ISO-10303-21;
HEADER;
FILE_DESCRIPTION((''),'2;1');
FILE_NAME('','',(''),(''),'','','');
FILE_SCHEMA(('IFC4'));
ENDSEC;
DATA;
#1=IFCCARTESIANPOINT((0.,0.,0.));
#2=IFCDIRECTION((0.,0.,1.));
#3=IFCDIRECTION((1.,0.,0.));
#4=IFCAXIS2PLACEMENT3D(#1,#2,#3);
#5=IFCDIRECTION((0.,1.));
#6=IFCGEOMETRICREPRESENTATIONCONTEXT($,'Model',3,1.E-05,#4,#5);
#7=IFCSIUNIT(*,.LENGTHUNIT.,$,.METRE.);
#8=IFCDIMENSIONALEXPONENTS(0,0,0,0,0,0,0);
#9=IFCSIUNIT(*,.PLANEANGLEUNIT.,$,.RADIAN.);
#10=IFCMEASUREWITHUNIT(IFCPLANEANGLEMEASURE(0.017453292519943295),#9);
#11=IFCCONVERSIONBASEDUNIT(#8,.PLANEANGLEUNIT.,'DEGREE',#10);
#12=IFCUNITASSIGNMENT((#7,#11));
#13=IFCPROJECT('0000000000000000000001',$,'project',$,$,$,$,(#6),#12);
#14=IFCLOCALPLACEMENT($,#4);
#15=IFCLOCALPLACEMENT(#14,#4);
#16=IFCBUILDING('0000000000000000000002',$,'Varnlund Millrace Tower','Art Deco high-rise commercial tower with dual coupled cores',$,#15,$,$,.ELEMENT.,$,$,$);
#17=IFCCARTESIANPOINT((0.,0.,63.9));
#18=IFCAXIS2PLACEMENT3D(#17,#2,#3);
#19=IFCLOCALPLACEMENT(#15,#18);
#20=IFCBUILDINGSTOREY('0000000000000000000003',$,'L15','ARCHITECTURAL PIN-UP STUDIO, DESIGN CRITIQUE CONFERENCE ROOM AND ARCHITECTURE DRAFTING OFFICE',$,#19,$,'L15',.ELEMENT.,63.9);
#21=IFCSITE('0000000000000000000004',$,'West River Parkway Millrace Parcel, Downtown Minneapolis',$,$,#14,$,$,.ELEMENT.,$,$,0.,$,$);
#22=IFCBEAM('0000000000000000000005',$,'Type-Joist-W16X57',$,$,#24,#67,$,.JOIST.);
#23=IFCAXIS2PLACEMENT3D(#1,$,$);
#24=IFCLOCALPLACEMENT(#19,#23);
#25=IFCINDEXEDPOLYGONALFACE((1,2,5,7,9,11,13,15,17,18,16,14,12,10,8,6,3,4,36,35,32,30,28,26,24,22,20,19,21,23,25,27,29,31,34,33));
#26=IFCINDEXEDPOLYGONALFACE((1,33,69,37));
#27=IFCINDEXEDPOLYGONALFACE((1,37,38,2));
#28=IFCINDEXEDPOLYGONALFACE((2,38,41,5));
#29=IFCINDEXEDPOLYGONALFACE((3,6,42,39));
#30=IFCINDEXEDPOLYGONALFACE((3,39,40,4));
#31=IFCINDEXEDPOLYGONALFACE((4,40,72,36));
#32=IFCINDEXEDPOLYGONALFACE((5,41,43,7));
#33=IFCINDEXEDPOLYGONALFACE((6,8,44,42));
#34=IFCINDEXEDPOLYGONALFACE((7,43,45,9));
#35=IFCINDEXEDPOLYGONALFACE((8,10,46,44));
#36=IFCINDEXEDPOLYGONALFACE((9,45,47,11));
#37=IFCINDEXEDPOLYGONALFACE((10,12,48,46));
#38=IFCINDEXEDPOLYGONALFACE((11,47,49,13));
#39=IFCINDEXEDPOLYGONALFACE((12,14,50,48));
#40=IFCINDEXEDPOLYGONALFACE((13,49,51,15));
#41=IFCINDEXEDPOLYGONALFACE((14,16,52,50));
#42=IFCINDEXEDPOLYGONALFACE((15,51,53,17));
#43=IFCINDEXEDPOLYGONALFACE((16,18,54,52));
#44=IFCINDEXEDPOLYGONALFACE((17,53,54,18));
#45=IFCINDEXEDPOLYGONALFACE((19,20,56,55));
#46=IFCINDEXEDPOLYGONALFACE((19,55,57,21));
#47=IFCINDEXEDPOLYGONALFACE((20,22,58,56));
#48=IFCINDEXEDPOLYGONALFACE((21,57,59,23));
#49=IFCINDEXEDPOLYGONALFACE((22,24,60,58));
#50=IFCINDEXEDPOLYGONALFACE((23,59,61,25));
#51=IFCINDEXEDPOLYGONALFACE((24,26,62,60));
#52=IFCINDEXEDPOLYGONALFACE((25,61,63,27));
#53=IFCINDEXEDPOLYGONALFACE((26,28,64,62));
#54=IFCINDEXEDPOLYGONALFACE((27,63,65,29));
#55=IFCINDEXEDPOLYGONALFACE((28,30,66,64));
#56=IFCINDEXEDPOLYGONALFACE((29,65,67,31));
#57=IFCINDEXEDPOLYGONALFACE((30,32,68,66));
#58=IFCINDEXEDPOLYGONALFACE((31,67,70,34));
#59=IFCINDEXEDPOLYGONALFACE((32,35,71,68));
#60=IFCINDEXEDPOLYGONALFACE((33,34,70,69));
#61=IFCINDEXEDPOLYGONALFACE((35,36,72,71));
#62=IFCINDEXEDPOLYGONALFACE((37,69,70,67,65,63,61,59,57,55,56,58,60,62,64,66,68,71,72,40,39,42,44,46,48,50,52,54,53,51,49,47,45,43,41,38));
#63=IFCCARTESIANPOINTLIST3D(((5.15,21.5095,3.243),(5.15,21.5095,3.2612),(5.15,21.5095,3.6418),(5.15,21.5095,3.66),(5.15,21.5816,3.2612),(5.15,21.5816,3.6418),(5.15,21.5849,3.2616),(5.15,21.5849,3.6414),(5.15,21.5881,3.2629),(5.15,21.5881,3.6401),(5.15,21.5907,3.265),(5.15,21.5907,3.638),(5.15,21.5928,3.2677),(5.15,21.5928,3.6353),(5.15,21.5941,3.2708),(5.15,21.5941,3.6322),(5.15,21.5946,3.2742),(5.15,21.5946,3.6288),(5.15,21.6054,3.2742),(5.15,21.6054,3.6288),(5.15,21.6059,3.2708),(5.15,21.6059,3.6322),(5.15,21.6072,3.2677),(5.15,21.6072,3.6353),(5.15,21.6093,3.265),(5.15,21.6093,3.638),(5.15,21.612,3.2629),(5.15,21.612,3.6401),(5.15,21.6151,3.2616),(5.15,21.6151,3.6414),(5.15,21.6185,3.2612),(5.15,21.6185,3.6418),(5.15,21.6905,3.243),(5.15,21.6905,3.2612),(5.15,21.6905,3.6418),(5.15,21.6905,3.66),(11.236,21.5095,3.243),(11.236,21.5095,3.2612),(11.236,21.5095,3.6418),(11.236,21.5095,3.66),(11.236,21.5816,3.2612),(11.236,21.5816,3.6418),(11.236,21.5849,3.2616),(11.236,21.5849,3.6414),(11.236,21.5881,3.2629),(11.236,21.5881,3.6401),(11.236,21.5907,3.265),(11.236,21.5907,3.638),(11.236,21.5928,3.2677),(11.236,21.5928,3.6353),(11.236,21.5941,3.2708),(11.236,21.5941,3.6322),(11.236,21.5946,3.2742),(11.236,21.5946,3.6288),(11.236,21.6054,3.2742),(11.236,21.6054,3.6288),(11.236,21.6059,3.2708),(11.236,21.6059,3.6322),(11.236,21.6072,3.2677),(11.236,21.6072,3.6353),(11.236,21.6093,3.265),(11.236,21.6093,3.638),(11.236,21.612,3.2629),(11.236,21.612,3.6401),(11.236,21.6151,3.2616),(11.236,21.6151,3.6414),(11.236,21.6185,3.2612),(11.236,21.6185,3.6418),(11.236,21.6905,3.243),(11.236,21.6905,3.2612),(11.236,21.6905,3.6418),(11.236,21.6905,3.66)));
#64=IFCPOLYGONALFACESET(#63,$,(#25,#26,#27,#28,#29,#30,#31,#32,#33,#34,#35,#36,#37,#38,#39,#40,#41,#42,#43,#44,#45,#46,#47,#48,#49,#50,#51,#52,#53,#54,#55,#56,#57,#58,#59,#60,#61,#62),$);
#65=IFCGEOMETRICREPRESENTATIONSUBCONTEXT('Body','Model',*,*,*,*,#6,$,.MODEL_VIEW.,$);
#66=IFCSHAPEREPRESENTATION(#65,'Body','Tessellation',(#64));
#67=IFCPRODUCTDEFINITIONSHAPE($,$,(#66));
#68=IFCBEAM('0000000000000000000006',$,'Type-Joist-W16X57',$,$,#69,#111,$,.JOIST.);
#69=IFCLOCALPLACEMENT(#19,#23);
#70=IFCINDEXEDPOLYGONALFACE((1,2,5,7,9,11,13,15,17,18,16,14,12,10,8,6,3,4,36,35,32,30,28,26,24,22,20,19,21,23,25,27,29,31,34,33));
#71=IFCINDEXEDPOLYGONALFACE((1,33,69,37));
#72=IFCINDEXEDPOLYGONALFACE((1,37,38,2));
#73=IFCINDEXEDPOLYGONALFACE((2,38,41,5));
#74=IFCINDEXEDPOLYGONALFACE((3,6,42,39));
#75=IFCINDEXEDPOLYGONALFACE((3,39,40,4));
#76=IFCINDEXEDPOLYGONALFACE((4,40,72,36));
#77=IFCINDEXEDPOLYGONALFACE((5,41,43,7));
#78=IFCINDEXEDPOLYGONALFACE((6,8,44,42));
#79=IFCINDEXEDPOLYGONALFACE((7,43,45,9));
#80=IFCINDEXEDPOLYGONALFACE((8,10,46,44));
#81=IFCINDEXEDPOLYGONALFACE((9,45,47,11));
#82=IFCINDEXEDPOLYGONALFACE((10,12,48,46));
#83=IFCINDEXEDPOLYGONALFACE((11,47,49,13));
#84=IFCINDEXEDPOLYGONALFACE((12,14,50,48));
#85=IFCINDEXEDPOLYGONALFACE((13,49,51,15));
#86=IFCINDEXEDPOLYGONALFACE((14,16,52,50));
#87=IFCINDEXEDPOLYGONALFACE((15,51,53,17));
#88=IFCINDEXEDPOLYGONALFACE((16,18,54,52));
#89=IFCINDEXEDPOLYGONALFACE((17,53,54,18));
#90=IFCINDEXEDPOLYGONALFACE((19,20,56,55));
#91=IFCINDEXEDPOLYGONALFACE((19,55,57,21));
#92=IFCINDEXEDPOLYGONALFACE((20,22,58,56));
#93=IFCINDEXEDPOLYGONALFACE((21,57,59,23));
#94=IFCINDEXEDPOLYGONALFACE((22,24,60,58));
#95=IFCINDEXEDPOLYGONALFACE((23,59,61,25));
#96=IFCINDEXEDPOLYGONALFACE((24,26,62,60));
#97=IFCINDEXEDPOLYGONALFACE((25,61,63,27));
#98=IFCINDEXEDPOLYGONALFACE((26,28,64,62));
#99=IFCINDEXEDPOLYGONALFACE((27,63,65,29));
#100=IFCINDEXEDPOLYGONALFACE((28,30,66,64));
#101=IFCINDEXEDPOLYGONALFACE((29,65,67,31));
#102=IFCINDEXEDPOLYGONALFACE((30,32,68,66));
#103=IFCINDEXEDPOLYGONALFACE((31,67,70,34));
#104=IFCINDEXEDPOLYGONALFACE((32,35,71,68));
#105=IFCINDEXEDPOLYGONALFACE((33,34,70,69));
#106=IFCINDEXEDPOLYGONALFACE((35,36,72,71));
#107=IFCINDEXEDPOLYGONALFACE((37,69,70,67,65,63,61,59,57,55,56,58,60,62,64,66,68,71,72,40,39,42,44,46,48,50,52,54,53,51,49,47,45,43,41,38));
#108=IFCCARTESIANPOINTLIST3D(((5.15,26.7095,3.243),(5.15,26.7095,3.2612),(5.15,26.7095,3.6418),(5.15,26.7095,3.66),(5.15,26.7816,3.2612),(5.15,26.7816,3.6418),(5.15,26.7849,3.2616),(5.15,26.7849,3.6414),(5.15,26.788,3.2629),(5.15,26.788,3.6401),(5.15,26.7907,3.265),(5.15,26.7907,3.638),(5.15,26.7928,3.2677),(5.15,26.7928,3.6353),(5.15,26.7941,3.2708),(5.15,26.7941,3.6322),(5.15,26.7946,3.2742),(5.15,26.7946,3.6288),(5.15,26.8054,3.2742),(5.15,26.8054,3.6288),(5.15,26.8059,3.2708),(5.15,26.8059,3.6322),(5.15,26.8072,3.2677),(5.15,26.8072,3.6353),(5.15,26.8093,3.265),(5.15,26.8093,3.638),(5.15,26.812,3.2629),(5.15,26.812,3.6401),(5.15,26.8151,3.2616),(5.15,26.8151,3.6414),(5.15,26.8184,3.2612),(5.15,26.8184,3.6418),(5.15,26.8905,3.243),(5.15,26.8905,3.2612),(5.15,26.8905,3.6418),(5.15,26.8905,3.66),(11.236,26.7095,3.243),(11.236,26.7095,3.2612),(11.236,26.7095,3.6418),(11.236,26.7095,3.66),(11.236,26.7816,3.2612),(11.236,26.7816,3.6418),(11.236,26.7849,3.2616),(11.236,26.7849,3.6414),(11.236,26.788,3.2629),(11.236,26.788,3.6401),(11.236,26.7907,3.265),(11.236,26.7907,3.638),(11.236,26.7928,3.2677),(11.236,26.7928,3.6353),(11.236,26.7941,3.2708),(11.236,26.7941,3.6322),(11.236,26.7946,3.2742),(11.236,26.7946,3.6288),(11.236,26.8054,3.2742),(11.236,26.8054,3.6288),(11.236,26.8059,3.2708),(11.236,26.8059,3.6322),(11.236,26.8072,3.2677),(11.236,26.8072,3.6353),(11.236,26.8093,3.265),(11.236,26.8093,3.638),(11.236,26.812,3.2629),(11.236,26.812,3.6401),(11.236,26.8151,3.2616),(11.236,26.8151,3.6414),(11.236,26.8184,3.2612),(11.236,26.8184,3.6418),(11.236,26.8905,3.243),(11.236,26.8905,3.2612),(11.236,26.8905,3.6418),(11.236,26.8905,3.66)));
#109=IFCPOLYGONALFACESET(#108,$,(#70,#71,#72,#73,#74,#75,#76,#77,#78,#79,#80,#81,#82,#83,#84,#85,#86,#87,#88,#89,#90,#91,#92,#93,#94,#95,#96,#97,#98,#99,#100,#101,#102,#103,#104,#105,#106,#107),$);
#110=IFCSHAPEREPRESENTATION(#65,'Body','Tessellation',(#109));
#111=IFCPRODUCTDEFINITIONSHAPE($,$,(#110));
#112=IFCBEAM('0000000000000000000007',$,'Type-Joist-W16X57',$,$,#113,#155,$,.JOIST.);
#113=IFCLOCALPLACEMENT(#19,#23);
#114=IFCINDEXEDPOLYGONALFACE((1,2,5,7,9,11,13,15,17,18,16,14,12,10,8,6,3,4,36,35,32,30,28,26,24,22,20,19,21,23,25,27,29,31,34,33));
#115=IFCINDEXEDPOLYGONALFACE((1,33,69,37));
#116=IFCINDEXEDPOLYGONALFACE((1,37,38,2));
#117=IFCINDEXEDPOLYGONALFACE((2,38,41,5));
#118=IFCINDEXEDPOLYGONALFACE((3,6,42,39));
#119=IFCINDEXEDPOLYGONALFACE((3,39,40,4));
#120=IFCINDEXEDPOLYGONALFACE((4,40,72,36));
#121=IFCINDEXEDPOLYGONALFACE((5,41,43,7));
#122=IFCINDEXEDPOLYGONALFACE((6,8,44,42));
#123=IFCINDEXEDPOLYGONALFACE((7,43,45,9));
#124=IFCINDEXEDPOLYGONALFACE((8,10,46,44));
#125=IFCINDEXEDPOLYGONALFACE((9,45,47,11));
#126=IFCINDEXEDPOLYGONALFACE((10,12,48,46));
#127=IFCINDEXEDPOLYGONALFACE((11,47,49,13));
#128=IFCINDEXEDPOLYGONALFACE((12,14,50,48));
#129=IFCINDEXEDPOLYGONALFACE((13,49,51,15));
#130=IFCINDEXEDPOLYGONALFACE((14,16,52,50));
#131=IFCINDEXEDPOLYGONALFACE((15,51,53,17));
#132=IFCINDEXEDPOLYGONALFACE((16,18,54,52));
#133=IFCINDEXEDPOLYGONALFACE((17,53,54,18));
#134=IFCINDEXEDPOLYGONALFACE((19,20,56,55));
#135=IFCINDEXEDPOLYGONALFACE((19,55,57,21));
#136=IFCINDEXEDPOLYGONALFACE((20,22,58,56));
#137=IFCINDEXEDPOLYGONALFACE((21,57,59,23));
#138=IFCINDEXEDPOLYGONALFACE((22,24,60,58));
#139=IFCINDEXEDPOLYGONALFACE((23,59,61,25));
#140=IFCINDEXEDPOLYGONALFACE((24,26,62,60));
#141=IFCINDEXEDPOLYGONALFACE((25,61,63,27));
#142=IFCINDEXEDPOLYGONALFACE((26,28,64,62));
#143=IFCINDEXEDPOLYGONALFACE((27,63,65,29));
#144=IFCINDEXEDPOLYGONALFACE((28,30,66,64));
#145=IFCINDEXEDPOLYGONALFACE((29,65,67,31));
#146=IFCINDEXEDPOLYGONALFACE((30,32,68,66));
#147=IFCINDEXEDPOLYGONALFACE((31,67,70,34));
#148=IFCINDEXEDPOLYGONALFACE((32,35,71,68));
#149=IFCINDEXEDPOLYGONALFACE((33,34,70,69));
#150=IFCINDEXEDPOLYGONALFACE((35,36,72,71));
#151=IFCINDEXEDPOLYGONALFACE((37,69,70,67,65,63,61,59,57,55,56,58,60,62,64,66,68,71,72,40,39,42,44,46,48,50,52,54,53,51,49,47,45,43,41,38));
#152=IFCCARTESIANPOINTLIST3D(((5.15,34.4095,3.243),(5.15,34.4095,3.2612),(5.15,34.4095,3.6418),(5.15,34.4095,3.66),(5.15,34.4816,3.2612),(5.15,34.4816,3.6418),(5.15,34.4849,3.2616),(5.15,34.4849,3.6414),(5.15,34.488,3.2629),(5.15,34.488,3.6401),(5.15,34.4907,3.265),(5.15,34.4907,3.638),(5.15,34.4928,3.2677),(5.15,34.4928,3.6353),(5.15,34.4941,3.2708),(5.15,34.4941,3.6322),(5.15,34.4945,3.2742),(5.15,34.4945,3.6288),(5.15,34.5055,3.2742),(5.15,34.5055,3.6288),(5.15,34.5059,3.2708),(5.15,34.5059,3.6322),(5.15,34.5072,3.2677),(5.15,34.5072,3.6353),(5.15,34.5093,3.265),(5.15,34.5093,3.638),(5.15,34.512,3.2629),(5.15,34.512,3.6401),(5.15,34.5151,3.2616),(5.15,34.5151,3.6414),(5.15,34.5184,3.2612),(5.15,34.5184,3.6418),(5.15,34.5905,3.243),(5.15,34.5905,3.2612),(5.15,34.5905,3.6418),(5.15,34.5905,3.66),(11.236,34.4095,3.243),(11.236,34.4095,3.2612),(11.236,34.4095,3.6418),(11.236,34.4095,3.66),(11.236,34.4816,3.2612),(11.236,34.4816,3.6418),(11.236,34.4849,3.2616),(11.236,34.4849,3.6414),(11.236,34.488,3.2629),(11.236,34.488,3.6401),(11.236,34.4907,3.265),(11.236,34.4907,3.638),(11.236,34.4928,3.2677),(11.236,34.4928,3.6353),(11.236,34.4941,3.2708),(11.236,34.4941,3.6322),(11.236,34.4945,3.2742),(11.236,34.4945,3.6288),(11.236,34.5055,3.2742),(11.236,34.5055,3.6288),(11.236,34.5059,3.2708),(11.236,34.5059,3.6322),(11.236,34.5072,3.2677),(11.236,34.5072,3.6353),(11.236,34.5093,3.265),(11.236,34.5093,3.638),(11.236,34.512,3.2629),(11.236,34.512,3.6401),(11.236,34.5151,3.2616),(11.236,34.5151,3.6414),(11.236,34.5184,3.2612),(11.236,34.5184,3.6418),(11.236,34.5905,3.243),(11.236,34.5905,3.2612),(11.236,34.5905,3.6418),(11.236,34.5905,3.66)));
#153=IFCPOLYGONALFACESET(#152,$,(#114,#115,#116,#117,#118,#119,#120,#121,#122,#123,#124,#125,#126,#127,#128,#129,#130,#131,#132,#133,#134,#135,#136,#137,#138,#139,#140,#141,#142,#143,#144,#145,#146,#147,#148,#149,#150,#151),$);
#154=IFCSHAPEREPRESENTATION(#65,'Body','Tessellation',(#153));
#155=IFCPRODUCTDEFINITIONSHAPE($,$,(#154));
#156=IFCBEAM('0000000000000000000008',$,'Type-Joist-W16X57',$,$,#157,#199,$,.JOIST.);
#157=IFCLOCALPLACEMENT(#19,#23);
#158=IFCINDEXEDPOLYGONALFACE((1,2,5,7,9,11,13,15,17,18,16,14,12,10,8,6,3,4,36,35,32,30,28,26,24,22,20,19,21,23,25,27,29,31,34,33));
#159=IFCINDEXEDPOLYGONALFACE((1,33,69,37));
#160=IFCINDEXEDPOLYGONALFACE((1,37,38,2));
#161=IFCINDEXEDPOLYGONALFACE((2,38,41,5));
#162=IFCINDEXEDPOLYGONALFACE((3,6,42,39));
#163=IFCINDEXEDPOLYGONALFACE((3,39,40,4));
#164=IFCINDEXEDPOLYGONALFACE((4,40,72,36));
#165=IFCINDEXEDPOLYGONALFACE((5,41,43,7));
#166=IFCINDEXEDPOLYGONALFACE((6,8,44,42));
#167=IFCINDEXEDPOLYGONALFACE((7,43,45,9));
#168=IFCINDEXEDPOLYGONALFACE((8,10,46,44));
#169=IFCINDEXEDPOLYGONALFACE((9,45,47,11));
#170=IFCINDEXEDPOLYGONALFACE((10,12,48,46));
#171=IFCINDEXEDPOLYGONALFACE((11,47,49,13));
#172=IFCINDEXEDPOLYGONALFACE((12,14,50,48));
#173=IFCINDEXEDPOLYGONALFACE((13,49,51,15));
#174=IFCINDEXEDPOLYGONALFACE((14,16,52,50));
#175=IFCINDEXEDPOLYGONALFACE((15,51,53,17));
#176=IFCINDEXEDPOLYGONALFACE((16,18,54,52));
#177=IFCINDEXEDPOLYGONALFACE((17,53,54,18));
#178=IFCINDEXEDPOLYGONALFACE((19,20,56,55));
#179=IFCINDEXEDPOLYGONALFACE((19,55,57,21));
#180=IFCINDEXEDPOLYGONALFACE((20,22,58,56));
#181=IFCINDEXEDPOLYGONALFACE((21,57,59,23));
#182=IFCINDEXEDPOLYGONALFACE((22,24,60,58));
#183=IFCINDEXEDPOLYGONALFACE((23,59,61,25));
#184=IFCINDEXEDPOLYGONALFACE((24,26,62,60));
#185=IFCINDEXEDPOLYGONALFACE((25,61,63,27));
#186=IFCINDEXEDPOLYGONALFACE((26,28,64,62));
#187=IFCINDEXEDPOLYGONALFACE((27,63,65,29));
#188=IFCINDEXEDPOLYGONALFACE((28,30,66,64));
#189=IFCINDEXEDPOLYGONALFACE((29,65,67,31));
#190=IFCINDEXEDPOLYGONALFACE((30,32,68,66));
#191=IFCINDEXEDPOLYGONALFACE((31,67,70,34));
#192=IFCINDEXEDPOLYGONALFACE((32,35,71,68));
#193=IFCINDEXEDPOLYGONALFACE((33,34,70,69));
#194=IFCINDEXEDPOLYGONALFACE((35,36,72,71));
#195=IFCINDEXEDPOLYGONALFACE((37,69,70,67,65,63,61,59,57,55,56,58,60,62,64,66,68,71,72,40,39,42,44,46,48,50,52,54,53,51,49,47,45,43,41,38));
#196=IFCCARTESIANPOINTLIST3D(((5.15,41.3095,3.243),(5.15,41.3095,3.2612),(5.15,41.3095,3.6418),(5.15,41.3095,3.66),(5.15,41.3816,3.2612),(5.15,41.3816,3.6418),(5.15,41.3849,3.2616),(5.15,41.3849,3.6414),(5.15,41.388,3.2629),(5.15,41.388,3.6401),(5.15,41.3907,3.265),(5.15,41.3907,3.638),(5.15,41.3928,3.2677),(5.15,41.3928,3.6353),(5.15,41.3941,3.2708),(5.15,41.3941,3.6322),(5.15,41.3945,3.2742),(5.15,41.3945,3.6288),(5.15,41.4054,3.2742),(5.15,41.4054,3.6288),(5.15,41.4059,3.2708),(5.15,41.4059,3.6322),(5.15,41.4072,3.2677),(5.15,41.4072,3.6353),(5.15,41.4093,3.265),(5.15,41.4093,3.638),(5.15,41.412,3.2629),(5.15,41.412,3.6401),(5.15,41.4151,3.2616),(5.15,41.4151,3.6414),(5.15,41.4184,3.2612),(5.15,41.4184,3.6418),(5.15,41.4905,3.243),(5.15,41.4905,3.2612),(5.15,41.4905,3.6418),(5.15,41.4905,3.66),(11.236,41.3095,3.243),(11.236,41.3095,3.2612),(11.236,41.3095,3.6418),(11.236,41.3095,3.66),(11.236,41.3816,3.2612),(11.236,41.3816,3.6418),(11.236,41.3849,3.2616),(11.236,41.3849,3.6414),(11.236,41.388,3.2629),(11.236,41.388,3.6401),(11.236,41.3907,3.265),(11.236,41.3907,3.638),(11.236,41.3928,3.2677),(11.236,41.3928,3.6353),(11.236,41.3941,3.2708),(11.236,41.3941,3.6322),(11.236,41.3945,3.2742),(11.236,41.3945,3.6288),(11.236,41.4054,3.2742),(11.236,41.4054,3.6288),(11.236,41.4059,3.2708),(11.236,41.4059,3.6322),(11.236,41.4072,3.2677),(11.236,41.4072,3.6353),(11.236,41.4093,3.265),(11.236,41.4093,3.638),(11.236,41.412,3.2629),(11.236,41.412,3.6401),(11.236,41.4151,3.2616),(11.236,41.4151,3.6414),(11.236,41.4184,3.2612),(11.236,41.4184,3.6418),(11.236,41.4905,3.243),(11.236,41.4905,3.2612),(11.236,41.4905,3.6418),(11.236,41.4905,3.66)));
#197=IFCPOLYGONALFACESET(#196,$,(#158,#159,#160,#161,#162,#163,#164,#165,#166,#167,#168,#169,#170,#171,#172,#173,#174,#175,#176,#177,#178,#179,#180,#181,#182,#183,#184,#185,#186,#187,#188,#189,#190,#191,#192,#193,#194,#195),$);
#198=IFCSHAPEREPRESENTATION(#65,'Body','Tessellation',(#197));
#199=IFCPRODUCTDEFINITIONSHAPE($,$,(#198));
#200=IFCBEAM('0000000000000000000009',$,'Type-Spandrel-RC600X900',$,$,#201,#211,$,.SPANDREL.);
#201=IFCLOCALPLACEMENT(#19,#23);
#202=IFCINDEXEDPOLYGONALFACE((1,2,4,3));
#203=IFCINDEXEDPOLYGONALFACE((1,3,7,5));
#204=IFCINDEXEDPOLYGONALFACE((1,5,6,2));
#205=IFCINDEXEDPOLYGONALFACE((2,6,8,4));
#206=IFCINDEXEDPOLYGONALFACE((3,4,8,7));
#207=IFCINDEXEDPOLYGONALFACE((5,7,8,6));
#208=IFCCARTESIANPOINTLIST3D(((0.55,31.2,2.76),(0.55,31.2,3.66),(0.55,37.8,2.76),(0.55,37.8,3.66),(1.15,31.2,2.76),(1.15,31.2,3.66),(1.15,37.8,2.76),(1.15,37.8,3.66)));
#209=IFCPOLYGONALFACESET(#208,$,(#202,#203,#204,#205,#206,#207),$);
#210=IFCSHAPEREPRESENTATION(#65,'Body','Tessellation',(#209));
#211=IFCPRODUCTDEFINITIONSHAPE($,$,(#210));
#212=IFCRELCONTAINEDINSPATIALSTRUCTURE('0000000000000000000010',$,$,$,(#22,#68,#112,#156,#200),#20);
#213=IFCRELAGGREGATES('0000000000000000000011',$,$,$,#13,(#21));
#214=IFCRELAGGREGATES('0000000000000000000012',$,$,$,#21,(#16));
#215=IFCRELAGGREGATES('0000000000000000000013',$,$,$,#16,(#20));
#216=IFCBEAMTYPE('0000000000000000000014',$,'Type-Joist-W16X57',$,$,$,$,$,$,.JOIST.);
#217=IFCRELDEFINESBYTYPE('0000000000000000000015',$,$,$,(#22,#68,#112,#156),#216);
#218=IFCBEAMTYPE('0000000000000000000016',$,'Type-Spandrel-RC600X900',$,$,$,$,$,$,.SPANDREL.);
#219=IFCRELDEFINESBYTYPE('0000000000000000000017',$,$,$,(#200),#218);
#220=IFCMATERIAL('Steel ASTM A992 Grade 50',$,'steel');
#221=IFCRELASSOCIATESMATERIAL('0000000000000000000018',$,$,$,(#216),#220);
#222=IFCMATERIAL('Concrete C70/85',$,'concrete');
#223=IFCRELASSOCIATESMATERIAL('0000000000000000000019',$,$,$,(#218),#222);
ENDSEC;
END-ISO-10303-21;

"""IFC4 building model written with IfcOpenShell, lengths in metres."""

from ifc_helpers import new_model, entity, si_unit, converted_unit, direction, frame, origin_with_axes, origin_2d_with_axis, place, context, subcontext, project, spatial, rectangle, i_section, extrude, material, material_profile, profile_set, type_object, element, save


model = new_model("IFC4")

# Units and contexts
model_context = context("Model", 3, precision=1e-05, world=origin_with_axes(), true_north=direction((0.0, 1.0)))
body_context = subcontext(model_context, "Body", "Model", "MODEL_VIEW")
ifc_project = project(units=[si_unit("LENGTHUNIT", "METRE"), converted_unit("PLANEANGLEUNIT", "DEGREE", entity("IfcPlaneAngleMeasure", 0.017453292519943295), si_unit("PLANEANGLEUNIT", "RADIAN"), dimensions=[0, 0, 0, 0, 0, 0, 0])], contexts=[model_context])

# Site, building, storey
site_placement = place(None, origin_with_axes())
site = spatial("IfcSite", under=ifc_project, at=site_placement, Name="West River Parkway Millrace Parcel, Downtown Minneapolis", CompositionType="ELEMENT", RefElevation=0.0)
building_placement = place(site_placement, origin_with_axes())
building = spatial("IfcBuilding", under=site, at=building_placement, Name="Varnlund Millrace Tower", Description="Art Deco high-rise commercial tower with dual coupled cores", CompositionType="ELEMENT")
storey_placement = place(building_placement, frame((0.0, 0.0, 63.9), z_axis=(0.0, 0.0, 1.0), x_axis=(1.0, 0.0, 0.0)))
storey = spatial("IfcBuildingStorey", under=building, at=storey_placement, Name="L15", Description="ARCHITECTURAL PIN-UP STUDIO, DESIGN CRITIQUE CONFERENCE ROOM AND ARCHITECTURE DRAFTING OFFICE", LongName="L15", CompositionType="ELEMENT", Elevation=63.9)

# Beams
ifc_material_1 = material(Name="Steel ASTM A992 Grade 50", Category="steel")
ifc_material_profile_1 = material_profile(ifc_material_1, i_section(OverallWidth=0.181, OverallDepth=0.417, WebThickness=0.0109, FlangeThickness=0.0182, FilletRadius=0.013, at=origin_2d_with_axis()), Name="Steel ASTM A992 Grade 50")
ifc_profile_set_1 = profile_set([ifc_material_profile_1], Name="Steel ASTM A992 Grade 50")
beam_type_1 = type_object("IfcBeamType", Name="Type-Joist-W16X57", PredefinedType="JOIST", material=ifc_profile_set_1)
for number, where, z_axis, x_axis, name in (
    (1, (5.15, 21.6, 3.4515), (1.0, 0.0, 0.0), (0.0, 1.0, 0.0), "Type-Joist-W16X57"),
    (2, (5.15, 26.8, 3.4515), (1.0, 0.0, 0.0), (0.0, 1.0, 0.0), "Type-Joist-W16X57"),
    (3, (5.15, 34.5, 3.4515), (1.0, 0.0, 0.0), (0.0, 1.0, 0.0), "Type-Joist-W16X57"),
    (4, (5.15, 41.4, 3.4515), (1.0, 0.0, 0.0), (0.0, 1.0, 0.0), "Type-Joist-W16X57"),
):
    element("IfcBeam", number, at=place(storey_placement, frame(where, z_axis=z_axis, x_axis=x_axis)), inside=storey, type_object=beam_type_1, Name=name, PredefinedType="JOIST", context=body_context, shape_type="SweptSolid", body=[
        extrude(i_section(OverallWidth=0.181, OverallDepth=0.417, WebThickness=0.0109, FlangeThickness=0.0182, FilletRadius=0.013, at=origin_2d_with_axis()), origin_with_axes(), (0.0, 0.0, 1.0), 6.086),
    ])
ifc_material_2 = material(Name="Concrete C70/85", Category="concrete")
ifc_material_profile_2 = material_profile(ifc_material_2, rectangle(XDim=0.6, YDim=0.9, at=origin_2d_with_axis()), Name="Concrete C70/85")
ifc_profile_set_2 = profile_set([ifc_material_profile_2], Name="Concrete C70/85")
beam_type_2 = type_object("IfcBeamType", Name="Type-Spandrel-RC600X900", PredefinedType="SPANDREL", material=ifc_profile_set_2)
beam_1_placement = place(storey_placement, frame((0.85, 31.2, 3.21), z_axis=(0.0, 1.0, 0.0), x_axis=(-1.0, 0.0, 0.0)))
element("IfcBeam", 5, at=beam_1_placement, inside=storey, type_object=beam_type_2, Name="Type-Spandrel-RC600X900", PredefinedType="SPANDREL", context=body_context, shape_type="SweptSolid", body=[
    extrude(rectangle(XDim=0.6, YDim=0.9, at=origin_2d_with_axis()), origin_with_axes(), (0.0, 0.0, 1.0), 6.6),
])

save(model, "model.ifc")
